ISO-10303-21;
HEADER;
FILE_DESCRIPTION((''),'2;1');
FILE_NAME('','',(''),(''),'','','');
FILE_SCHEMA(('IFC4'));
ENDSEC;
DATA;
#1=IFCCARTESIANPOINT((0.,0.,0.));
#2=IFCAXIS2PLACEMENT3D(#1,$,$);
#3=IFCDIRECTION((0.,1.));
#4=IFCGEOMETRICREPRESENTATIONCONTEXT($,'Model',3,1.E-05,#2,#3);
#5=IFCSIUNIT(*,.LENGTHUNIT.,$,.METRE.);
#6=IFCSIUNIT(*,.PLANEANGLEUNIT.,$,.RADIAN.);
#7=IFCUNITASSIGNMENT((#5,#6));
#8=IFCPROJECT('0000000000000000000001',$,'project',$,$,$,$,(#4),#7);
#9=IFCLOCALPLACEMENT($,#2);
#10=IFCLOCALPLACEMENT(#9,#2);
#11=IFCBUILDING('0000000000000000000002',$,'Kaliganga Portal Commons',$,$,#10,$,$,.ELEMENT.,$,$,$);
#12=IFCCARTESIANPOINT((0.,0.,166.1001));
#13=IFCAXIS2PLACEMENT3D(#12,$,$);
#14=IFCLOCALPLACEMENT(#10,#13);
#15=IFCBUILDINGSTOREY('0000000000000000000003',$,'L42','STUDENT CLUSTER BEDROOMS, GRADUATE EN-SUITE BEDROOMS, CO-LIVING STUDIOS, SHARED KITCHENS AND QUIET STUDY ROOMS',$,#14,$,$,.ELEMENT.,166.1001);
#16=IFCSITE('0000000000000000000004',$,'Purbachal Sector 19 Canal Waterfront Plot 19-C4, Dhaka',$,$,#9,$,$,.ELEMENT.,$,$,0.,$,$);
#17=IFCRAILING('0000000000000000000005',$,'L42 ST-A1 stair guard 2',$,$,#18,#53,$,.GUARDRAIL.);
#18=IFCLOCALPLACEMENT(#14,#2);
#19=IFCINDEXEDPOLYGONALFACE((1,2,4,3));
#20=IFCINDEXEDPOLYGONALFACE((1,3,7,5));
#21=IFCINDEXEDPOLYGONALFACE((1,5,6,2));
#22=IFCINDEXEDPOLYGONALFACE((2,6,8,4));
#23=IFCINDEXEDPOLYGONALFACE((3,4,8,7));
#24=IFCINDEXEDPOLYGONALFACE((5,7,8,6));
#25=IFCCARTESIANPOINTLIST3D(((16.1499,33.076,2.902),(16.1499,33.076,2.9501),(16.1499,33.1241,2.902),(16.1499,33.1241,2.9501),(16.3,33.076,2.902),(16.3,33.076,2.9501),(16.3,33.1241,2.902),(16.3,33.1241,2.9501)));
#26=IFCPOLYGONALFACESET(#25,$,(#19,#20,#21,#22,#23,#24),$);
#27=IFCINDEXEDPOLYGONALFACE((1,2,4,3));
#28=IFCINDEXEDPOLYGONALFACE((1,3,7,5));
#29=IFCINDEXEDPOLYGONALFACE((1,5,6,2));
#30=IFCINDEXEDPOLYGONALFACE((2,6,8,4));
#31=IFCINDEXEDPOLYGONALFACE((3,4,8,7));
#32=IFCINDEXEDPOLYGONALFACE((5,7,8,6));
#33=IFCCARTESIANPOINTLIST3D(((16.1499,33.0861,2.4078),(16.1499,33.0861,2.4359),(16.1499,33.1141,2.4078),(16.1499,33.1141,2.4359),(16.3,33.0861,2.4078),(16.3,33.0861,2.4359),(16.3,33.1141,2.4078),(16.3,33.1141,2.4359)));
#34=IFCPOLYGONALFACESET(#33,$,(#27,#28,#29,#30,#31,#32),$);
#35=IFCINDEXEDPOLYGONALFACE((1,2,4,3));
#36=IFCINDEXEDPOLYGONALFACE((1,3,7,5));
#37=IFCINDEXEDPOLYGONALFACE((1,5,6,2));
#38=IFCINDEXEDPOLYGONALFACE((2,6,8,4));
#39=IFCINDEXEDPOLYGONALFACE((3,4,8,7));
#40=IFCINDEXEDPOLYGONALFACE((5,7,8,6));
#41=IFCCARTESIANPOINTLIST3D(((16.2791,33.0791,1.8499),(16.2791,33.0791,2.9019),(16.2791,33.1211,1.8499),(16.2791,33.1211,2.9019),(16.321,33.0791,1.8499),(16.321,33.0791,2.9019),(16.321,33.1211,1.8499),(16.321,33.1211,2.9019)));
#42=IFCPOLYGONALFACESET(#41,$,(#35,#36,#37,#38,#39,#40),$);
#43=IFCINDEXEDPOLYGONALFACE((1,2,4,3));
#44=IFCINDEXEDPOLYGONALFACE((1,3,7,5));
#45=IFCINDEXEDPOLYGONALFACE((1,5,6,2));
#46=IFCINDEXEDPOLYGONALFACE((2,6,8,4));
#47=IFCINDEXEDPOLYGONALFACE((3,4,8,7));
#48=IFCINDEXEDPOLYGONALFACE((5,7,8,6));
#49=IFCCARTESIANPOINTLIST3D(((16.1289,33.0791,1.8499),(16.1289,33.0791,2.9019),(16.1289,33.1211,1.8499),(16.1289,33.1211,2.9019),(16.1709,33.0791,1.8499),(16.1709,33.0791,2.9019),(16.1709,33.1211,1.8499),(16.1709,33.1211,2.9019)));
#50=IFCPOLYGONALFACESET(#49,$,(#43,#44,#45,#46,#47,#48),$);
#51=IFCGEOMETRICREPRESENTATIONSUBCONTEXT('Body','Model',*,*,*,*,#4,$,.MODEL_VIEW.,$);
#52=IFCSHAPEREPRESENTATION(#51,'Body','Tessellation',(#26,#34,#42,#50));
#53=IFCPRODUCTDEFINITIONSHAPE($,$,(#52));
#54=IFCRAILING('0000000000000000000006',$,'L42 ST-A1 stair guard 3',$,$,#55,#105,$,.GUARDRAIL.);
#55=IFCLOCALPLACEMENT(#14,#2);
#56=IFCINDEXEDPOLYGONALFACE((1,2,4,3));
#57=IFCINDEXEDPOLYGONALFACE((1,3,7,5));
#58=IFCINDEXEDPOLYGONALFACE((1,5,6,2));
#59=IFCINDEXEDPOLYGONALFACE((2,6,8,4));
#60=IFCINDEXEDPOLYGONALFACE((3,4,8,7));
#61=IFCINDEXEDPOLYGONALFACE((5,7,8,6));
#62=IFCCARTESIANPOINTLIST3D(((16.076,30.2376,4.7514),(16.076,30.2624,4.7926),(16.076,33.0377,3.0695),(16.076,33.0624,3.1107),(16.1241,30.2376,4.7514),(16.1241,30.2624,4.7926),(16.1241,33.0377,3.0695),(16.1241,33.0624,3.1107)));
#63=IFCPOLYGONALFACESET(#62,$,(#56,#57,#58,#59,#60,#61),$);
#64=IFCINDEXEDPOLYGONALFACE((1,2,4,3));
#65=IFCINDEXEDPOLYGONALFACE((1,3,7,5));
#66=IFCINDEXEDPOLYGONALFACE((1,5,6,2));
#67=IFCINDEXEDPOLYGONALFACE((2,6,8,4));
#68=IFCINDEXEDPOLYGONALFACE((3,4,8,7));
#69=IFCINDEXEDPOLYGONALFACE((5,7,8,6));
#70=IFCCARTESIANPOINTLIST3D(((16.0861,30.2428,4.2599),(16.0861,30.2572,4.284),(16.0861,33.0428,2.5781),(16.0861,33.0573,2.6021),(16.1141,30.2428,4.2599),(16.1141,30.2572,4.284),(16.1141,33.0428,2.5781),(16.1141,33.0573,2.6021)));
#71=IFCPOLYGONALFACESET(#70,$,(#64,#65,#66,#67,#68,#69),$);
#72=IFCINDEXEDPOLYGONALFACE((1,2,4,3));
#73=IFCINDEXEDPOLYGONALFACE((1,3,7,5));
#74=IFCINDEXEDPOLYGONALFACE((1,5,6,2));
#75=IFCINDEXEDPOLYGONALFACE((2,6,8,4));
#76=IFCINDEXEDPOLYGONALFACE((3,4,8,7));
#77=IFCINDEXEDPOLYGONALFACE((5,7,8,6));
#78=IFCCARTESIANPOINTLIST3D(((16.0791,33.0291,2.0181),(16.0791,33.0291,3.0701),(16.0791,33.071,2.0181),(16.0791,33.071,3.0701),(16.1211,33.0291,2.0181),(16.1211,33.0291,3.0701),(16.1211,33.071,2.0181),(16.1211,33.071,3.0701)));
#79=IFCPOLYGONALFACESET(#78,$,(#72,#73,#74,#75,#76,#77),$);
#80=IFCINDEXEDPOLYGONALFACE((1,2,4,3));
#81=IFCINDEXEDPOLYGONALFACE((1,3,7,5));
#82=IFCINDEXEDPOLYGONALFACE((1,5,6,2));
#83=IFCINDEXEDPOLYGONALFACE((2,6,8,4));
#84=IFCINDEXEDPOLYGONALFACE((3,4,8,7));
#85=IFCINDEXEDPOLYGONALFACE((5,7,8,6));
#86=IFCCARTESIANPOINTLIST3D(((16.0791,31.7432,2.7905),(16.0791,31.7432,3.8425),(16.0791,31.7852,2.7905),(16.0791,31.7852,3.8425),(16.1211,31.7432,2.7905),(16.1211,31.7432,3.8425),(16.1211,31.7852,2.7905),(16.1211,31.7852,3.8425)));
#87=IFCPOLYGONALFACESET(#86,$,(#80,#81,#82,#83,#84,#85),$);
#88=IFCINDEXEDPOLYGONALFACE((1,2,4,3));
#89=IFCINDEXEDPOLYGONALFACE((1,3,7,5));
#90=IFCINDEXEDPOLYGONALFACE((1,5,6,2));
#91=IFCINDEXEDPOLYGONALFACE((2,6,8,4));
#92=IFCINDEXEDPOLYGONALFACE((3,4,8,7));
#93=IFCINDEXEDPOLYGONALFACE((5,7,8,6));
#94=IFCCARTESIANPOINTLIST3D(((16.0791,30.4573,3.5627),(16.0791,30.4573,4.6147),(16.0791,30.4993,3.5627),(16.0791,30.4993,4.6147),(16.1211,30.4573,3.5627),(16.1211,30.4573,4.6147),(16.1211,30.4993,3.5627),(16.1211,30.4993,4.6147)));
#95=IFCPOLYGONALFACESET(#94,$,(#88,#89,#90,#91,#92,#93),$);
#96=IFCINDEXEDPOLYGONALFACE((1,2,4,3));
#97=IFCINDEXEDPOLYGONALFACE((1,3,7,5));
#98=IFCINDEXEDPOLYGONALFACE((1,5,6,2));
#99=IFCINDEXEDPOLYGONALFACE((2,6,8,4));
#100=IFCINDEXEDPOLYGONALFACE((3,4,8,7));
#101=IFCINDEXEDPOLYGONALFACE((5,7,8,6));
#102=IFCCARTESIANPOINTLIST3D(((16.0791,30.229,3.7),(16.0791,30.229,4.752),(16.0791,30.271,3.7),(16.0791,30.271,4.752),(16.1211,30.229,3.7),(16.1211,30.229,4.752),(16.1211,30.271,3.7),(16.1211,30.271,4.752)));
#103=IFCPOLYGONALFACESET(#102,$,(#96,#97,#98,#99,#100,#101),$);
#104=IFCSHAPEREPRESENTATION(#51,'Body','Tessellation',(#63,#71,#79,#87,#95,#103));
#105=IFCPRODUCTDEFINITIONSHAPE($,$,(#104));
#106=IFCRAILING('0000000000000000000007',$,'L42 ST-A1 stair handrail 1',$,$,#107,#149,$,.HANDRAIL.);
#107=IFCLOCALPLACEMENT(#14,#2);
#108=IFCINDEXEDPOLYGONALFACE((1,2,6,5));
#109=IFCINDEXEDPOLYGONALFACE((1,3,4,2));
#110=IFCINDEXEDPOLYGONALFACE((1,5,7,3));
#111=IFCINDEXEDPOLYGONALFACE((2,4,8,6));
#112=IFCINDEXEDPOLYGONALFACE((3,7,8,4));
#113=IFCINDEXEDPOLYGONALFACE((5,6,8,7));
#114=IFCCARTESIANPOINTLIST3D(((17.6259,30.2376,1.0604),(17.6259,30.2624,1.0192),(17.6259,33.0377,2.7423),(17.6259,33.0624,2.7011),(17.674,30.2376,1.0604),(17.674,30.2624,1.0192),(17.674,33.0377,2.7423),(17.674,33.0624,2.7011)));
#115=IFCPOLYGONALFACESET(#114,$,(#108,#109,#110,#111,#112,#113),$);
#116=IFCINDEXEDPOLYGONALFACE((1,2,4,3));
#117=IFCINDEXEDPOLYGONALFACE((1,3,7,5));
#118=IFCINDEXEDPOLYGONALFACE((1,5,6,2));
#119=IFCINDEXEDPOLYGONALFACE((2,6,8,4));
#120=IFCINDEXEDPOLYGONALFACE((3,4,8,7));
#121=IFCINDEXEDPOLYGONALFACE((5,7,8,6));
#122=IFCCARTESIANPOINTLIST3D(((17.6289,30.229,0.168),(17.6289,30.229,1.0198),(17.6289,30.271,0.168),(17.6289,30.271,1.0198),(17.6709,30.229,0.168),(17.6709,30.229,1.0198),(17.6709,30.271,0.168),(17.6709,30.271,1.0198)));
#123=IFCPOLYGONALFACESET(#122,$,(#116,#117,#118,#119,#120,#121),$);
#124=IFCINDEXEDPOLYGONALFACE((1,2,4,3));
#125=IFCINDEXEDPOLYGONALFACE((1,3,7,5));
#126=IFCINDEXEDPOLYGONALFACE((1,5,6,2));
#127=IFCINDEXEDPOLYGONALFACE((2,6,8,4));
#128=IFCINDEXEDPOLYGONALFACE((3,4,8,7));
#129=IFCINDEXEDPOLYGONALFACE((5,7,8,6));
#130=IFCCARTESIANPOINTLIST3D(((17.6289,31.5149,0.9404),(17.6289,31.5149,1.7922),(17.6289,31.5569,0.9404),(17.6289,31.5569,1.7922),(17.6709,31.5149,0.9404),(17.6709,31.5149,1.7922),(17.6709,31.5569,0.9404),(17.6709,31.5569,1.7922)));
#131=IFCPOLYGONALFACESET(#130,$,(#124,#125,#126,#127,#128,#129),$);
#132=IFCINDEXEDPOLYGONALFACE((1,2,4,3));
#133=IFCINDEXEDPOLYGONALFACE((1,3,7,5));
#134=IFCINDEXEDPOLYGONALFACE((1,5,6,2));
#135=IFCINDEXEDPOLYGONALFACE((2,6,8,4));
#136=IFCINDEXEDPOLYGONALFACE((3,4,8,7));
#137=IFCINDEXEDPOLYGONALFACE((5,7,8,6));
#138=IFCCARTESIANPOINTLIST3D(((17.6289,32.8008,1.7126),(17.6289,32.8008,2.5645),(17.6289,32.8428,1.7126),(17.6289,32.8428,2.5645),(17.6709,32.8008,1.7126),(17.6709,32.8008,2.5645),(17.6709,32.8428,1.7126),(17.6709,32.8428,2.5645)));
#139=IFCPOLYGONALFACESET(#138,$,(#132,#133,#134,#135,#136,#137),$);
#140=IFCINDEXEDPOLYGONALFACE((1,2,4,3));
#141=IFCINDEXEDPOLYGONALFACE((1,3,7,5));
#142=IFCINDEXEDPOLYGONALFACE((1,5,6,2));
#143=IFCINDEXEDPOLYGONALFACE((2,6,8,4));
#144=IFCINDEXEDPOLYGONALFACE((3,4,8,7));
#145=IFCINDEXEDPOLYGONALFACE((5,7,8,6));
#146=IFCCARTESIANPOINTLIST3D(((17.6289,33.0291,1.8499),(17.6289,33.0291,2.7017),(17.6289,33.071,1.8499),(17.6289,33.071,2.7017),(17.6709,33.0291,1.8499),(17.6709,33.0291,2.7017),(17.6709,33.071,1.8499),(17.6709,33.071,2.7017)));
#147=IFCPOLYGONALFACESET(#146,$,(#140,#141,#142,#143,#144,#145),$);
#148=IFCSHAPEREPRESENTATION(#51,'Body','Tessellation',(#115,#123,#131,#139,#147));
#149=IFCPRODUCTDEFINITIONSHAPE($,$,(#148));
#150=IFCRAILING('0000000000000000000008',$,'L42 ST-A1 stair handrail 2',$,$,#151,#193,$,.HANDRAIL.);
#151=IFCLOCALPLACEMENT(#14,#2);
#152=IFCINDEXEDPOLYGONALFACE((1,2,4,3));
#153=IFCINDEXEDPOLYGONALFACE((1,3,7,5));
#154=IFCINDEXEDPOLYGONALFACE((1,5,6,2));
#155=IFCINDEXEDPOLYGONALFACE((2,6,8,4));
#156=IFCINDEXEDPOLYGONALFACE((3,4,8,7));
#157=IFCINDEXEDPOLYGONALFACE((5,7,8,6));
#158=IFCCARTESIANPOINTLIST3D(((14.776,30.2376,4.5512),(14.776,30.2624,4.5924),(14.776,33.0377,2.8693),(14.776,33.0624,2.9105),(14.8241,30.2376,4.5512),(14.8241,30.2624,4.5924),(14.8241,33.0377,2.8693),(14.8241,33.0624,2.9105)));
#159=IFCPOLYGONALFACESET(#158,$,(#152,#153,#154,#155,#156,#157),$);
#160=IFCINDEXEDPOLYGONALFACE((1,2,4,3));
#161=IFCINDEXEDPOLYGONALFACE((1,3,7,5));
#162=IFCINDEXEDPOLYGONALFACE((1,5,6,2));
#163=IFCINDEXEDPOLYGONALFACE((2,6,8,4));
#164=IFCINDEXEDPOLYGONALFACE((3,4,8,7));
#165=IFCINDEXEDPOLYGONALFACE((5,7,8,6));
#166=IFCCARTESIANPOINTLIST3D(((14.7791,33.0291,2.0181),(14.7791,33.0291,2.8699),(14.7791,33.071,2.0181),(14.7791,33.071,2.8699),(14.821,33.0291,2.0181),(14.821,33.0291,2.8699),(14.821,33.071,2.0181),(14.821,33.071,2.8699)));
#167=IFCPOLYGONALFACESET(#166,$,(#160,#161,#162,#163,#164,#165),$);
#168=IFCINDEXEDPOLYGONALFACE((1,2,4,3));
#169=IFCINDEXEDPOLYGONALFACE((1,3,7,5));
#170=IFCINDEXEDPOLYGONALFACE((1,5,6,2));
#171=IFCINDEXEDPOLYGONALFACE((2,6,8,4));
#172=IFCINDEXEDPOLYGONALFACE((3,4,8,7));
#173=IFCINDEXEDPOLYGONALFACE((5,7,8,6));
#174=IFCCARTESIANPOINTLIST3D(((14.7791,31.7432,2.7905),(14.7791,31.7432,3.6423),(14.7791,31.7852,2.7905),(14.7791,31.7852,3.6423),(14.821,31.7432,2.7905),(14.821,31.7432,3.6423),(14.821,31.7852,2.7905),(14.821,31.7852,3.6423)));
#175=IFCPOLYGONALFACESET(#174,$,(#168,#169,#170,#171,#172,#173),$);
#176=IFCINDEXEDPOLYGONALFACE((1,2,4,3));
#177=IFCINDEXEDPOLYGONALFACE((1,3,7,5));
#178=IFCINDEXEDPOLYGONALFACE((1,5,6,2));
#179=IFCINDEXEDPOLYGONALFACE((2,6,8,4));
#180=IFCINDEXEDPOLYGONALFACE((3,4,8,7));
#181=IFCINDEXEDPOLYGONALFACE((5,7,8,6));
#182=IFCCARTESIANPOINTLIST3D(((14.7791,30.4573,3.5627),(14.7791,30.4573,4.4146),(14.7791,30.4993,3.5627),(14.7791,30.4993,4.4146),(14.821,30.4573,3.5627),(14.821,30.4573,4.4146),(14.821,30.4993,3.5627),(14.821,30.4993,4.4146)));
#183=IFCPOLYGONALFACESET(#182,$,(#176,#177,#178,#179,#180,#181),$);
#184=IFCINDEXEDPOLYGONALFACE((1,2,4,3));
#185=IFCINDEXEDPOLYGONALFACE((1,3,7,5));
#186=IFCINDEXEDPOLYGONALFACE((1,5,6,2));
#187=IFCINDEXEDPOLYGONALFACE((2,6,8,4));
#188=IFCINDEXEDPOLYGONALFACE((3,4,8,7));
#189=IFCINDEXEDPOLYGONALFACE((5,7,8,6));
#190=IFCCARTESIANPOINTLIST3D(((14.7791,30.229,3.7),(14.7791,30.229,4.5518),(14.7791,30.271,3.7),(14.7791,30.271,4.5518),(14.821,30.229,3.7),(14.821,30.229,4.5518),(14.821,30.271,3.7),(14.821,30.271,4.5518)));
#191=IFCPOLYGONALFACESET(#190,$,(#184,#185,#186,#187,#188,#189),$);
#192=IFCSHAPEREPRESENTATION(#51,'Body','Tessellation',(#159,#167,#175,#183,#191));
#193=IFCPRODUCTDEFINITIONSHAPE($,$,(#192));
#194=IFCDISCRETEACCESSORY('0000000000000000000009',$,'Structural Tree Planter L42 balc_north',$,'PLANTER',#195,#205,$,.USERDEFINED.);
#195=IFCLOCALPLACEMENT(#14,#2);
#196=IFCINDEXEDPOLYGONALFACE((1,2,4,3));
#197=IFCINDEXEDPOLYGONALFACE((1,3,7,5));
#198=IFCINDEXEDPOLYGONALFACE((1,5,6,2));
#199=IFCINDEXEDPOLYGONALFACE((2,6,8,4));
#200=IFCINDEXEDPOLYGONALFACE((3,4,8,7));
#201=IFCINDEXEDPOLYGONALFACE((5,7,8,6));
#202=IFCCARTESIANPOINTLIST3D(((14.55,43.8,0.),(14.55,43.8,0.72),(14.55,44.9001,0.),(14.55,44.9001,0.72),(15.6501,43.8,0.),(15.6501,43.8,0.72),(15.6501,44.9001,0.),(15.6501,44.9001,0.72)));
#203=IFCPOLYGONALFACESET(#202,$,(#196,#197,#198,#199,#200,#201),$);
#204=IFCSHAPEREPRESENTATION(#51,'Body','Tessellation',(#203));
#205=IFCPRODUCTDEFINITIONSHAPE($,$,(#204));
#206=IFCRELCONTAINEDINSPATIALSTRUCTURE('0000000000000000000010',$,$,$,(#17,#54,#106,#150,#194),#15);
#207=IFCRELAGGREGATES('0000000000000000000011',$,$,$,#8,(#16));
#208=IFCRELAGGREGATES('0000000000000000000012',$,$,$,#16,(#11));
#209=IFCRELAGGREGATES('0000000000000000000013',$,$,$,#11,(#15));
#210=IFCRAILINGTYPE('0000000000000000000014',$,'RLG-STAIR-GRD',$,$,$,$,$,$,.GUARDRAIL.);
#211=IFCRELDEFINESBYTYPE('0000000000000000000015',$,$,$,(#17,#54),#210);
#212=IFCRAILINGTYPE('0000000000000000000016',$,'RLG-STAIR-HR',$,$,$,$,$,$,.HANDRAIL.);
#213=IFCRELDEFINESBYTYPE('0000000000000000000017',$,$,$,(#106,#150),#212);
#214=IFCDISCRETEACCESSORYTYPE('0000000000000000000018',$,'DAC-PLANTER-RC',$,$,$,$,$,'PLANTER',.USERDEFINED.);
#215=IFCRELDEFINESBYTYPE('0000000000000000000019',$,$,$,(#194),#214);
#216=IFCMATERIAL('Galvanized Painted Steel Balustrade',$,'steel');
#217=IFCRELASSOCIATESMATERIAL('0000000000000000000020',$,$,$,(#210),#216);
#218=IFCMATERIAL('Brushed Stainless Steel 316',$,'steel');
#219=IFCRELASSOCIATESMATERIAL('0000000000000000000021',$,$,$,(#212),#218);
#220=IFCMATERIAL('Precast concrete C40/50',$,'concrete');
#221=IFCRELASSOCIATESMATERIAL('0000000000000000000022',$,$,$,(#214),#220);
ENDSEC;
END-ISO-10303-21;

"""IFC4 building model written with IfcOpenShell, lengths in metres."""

from ifc_helpers import new_model, si_unit, direction, frame, origin, origin_2d, place, context, subcontext, project, spatial, rectangle, extrude, source, transform, mapped, material, type_object, element, save


model = new_model("IFC4")

# Units and contexts
model_context = context("Model", 3, precision=1e-05, world=origin(), true_north=direction((0.0, 1.0)))
body_context = subcontext(model_context, "Body", "Model", "MODEL_VIEW")
ifc_project = project(units=[si_unit("LENGTHUNIT", "METRE"), si_unit("PLANEANGLEUNIT", "RADIAN")], contexts=[model_context])

# Site, building, storey
site_placement = place(None, origin())
site = spatial("IfcSite", under=ifc_project, at=site_placement, Name="Purbachal Sector 19 Canal Waterfront Plot 19-C4, Dhaka", CompositionType="ELEMENT", RefElevation=0.0)
building_placement = place(site_placement, origin())
building = spatial("IfcBuilding", under=site, at=building_placement, Name="Kaliganga Portal Commons", CompositionType="ELEMENT")
storey_placement = place(building_placement, frame((0.0, 0.0, 166.1001)))
storey = spatial("IfcBuildingStorey", under=building, at=storey_placement, Name="L42", Description="STUDENT CLUSTER BEDROOMS, GRADUATE EN-SUITE BEDROOMS, CO-LIVING STUDIOS, SHARED KITCHENS AND QUIET STUDY ROOMS", CompositionType="ELEMENT", Elevation=166.1001)

# Railings
ifc_material_1 = material(Name="Galvanized Painted Steel Balustrade", Category="steel")
railing_type_1 = type_object("IfcRailingType", Name="RLG-STAIR-GRD", PredefinedType="GUARDRAIL", material=ifc_material_1)
railing_1_placement = place(storey_placement, frame((16.3, 33.1001, 1.8499)))
element("IfcRailing", 1, at=railing_1_placement, inside=storey, type_object=railing_type_1, Name="L42 ST-A1 stair guard 2", PredefinedType="GUARDRAIL", context=body_context, shape_type="SweptSolid", body=[
    extrude(rectangle(XDim=0.0481, YDim=0.0481, at=origin_2d()), frame((0.0, 0.0, 1.0762), z_axis=(-1.0, 0.0, 0.0), x_axis=(0.0, -1.0, 0.0)), (0.0, 0.0, 1.0), 0.1501),
    extrude(rectangle(XDim=0.0281, YDim=0.0281, at=origin_2d()), frame((0.0, 0.0, 0.572), z_axis=(-1.0, 0.0, 0.0), x_axis=(0.0, -1.0, 0.0)), (0.0, 0.0, 1.0), 0.1501),
    extrude(rectangle(XDim=0.042, YDim=0.042, at=origin_2d()), origin(), (0.0, 0.0, 1.0), 1.052),
    extrude(rectangle(XDim=0.042, YDim=0.042, at=origin_2d()), frame((-0.1501, 0.0, 0.0)), (0.0, 0.0, 1.0), 1.052),
])
railing_2_placement = place(storey_placement, frame((16.1001, 33.05, 2.0181)))
element("IfcRailing", 2, at=railing_2_placement, inside=storey, type_object=railing_type_1, Name="L42 ST-A1 stair guard 3", PredefinedType="GUARDRAIL", context=body_context, shape_type="SweptSolid", body=[
    extrude(rectangle(XDim=0.0481, YDim=0.0481, at=origin_2d()), frame((0.0, 0.0, 1.072), z_axis=(0.0, -0.857242, 0.514913), x_axis=(1.0, 0.0, 0.0)), (0.0, 0.0, 1.0), 3.2664),
    extrude(rectangle(XDim=0.0281, YDim=0.0281, at=origin_2d()), frame((0.0, 0.0, 0.572), z_axis=(0.0, -0.857242, 0.514913), x_axis=(1.0, 0.0, 0.0)), (0.0, 0.0, 1.0), 3.2664),
    extrude(rectangle(XDim=0.042, YDim=0.042, at=origin_2d()), origin(), (0.0, 0.0, 1.0), 1.052),
    extrude(rectangle(XDim=0.042, YDim=0.042, at=origin_2d()), frame((0.0, -1.2859, 0.7725)), (0.0, 0.0, 1.0), 1.052),
    extrude(rectangle(XDim=0.042, YDim=0.042, at=origin_2d()), frame((0.0, -2.5718, 1.5447)), (0.0, 0.0, 1.0), 1.052),
    extrude(rectangle(XDim=0.042, YDim=0.042, at=origin_2d()), frame((0.0, -2.8, 1.6819)), (0.0, 0.0, 1.0), 1.052),
])
ifc_material_2 = material(Name="Brushed Stainless Steel 316", Category="steel")
railing_type_2 = type_object("IfcRailingType", Name="RLG-STAIR-HR", PredefinedType="HANDRAIL", material=ifc_material_2)
railing_3_placement = place(storey_placement, frame((17.6499, 30.25, 0.168)))
element("IfcRailing", 3, at=railing_3_placement, inside=storey, type_object=railing_type_2, Name="L42 ST-A1 stair handrail 1", PredefinedType="HANDRAIL", context=body_context, shape_type="SweptSolid", body=[
    extrude(rectangle(XDim=0.0481, YDim=0.0481, at=origin_2d()), frame((0.0, 0.0, 0.8718), z_axis=(0.0, 0.857242, 0.514913), x_axis=(-1.0, 0.0, 0.0)), (0.0, 0.0, 1.0), 3.2664),
    extrude(rectangle(XDim=0.042, YDim=0.042, at=origin_2d()), origin(), (0.0, 0.0, 1.0), 0.8518),
    extrude(rectangle(XDim=0.042, YDim=0.042, at=origin_2d()), frame((0.0, 1.2859, 0.7725)), (0.0, 0.0, 1.0), 0.8518),
    extrude(rectangle(XDim=0.042, YDim=0.042, at=origin_2d()), frame((0.0, 2.5718, 1.5447)), (0.0, 0.0, 1.0), 0.8518),
    extrude(rectangle(XDim=0.042, YDim=0.042, at=origin_2d()), frame((0.0, 2.8, 1.6819)), (0.0, 0.0, 1.0), 0.8518),
])
railing_4_placement = place(storey_placement, frame((14.8, 33.05, 2.0181)))
element("IfcRailing", 4, at=railing_4_placement, inside=storey, type_object=railing_type_2, Name="L42 ST-A1 stair handrail 2", PredefinedType="HANDRAIL", context=body_context, shape_type="SweptSolid", body=[
    extrude(rectangle(XDim=0.0481, YDim=0.0481, at=origin_2d()), frame((0.0, 0.0, 0.8718), z_axis=(0.0, -0.857242, 0.514913), x_axis=(1.0, 0.0, 0.0)), (0.0, 0.0, 1.0), 3.2664),
    extrude(rectangle(XDim=0.042, YDim=0.042, at=origin_2d()), origin(), (0.0, 0.0, 1.0), 0.8518),
    extrude(rectangle(XDim=0.042, YDim=0.042, at=origin_2d()), frame((0.0, -1.2859, 0.7725)), (0.0, 0.0, 1.0), 0.8518),
    extrude(rectangle(XDim=0.042, YDim=0.042, at=origin_2d()), frame((0.0, -2.5718, 1.5447)), (0.0, 0.0, 1.0), 0.8518),
    extrude(rectangle(XDim=0.042, YDim=0.042, at=origin_2d()), frame((0.0, -2.8, 1.6819)), (0.0, 0.0, 1.0), 0.8518),
])

# Discrete accessory
ifc_material_3 = material(Name="Precast concrete C40/50", Category="concrete")
discrete_accessory_type = type_object("IfcDiscreteAccessoryType", Name="DAC-PLANTER-RC", ElementType="PLANTER", PredefinedType="USERDEFINED", material=ifc_material_3)
shared_shape_1 = source(origin(), body_context, "Body", "SweptSolid", [
    extrude(rectangle(XDim=1.1001, YDim=1.1001, at=origin_2d()), origin(), (0.0, 0.0, 1.0), 0.72),
])
discrete_accessory_placement = place(storey_placement, frame((15.1001, 44.3501, 0.0), z_axis=(0.0, 0.0, 1.0), x_axis=(1.0, 0.0, 0.0)))
element("IfcDiscreteAccessory", 5, at=discrete_accessory_placement, inside=storey, type_object=discrete_accessory_type, Name="Structural Tree Planter L42 balc_north", ObjectType="PLANTER", PredefinedType="USERDEFINED", context=body_context, shape_type="MappedRepresentation", body=[
    mapped(shared_shape_1, transform((0.0, 0.0, 0.0), x_axis=(1.0, 0.0, 0.0), y_axis=(0.0, 1.0, 0.0), z_axis=(0.0, 0.0, 1.0), scale=1.0)),
])

save(model, "model.ifc")
